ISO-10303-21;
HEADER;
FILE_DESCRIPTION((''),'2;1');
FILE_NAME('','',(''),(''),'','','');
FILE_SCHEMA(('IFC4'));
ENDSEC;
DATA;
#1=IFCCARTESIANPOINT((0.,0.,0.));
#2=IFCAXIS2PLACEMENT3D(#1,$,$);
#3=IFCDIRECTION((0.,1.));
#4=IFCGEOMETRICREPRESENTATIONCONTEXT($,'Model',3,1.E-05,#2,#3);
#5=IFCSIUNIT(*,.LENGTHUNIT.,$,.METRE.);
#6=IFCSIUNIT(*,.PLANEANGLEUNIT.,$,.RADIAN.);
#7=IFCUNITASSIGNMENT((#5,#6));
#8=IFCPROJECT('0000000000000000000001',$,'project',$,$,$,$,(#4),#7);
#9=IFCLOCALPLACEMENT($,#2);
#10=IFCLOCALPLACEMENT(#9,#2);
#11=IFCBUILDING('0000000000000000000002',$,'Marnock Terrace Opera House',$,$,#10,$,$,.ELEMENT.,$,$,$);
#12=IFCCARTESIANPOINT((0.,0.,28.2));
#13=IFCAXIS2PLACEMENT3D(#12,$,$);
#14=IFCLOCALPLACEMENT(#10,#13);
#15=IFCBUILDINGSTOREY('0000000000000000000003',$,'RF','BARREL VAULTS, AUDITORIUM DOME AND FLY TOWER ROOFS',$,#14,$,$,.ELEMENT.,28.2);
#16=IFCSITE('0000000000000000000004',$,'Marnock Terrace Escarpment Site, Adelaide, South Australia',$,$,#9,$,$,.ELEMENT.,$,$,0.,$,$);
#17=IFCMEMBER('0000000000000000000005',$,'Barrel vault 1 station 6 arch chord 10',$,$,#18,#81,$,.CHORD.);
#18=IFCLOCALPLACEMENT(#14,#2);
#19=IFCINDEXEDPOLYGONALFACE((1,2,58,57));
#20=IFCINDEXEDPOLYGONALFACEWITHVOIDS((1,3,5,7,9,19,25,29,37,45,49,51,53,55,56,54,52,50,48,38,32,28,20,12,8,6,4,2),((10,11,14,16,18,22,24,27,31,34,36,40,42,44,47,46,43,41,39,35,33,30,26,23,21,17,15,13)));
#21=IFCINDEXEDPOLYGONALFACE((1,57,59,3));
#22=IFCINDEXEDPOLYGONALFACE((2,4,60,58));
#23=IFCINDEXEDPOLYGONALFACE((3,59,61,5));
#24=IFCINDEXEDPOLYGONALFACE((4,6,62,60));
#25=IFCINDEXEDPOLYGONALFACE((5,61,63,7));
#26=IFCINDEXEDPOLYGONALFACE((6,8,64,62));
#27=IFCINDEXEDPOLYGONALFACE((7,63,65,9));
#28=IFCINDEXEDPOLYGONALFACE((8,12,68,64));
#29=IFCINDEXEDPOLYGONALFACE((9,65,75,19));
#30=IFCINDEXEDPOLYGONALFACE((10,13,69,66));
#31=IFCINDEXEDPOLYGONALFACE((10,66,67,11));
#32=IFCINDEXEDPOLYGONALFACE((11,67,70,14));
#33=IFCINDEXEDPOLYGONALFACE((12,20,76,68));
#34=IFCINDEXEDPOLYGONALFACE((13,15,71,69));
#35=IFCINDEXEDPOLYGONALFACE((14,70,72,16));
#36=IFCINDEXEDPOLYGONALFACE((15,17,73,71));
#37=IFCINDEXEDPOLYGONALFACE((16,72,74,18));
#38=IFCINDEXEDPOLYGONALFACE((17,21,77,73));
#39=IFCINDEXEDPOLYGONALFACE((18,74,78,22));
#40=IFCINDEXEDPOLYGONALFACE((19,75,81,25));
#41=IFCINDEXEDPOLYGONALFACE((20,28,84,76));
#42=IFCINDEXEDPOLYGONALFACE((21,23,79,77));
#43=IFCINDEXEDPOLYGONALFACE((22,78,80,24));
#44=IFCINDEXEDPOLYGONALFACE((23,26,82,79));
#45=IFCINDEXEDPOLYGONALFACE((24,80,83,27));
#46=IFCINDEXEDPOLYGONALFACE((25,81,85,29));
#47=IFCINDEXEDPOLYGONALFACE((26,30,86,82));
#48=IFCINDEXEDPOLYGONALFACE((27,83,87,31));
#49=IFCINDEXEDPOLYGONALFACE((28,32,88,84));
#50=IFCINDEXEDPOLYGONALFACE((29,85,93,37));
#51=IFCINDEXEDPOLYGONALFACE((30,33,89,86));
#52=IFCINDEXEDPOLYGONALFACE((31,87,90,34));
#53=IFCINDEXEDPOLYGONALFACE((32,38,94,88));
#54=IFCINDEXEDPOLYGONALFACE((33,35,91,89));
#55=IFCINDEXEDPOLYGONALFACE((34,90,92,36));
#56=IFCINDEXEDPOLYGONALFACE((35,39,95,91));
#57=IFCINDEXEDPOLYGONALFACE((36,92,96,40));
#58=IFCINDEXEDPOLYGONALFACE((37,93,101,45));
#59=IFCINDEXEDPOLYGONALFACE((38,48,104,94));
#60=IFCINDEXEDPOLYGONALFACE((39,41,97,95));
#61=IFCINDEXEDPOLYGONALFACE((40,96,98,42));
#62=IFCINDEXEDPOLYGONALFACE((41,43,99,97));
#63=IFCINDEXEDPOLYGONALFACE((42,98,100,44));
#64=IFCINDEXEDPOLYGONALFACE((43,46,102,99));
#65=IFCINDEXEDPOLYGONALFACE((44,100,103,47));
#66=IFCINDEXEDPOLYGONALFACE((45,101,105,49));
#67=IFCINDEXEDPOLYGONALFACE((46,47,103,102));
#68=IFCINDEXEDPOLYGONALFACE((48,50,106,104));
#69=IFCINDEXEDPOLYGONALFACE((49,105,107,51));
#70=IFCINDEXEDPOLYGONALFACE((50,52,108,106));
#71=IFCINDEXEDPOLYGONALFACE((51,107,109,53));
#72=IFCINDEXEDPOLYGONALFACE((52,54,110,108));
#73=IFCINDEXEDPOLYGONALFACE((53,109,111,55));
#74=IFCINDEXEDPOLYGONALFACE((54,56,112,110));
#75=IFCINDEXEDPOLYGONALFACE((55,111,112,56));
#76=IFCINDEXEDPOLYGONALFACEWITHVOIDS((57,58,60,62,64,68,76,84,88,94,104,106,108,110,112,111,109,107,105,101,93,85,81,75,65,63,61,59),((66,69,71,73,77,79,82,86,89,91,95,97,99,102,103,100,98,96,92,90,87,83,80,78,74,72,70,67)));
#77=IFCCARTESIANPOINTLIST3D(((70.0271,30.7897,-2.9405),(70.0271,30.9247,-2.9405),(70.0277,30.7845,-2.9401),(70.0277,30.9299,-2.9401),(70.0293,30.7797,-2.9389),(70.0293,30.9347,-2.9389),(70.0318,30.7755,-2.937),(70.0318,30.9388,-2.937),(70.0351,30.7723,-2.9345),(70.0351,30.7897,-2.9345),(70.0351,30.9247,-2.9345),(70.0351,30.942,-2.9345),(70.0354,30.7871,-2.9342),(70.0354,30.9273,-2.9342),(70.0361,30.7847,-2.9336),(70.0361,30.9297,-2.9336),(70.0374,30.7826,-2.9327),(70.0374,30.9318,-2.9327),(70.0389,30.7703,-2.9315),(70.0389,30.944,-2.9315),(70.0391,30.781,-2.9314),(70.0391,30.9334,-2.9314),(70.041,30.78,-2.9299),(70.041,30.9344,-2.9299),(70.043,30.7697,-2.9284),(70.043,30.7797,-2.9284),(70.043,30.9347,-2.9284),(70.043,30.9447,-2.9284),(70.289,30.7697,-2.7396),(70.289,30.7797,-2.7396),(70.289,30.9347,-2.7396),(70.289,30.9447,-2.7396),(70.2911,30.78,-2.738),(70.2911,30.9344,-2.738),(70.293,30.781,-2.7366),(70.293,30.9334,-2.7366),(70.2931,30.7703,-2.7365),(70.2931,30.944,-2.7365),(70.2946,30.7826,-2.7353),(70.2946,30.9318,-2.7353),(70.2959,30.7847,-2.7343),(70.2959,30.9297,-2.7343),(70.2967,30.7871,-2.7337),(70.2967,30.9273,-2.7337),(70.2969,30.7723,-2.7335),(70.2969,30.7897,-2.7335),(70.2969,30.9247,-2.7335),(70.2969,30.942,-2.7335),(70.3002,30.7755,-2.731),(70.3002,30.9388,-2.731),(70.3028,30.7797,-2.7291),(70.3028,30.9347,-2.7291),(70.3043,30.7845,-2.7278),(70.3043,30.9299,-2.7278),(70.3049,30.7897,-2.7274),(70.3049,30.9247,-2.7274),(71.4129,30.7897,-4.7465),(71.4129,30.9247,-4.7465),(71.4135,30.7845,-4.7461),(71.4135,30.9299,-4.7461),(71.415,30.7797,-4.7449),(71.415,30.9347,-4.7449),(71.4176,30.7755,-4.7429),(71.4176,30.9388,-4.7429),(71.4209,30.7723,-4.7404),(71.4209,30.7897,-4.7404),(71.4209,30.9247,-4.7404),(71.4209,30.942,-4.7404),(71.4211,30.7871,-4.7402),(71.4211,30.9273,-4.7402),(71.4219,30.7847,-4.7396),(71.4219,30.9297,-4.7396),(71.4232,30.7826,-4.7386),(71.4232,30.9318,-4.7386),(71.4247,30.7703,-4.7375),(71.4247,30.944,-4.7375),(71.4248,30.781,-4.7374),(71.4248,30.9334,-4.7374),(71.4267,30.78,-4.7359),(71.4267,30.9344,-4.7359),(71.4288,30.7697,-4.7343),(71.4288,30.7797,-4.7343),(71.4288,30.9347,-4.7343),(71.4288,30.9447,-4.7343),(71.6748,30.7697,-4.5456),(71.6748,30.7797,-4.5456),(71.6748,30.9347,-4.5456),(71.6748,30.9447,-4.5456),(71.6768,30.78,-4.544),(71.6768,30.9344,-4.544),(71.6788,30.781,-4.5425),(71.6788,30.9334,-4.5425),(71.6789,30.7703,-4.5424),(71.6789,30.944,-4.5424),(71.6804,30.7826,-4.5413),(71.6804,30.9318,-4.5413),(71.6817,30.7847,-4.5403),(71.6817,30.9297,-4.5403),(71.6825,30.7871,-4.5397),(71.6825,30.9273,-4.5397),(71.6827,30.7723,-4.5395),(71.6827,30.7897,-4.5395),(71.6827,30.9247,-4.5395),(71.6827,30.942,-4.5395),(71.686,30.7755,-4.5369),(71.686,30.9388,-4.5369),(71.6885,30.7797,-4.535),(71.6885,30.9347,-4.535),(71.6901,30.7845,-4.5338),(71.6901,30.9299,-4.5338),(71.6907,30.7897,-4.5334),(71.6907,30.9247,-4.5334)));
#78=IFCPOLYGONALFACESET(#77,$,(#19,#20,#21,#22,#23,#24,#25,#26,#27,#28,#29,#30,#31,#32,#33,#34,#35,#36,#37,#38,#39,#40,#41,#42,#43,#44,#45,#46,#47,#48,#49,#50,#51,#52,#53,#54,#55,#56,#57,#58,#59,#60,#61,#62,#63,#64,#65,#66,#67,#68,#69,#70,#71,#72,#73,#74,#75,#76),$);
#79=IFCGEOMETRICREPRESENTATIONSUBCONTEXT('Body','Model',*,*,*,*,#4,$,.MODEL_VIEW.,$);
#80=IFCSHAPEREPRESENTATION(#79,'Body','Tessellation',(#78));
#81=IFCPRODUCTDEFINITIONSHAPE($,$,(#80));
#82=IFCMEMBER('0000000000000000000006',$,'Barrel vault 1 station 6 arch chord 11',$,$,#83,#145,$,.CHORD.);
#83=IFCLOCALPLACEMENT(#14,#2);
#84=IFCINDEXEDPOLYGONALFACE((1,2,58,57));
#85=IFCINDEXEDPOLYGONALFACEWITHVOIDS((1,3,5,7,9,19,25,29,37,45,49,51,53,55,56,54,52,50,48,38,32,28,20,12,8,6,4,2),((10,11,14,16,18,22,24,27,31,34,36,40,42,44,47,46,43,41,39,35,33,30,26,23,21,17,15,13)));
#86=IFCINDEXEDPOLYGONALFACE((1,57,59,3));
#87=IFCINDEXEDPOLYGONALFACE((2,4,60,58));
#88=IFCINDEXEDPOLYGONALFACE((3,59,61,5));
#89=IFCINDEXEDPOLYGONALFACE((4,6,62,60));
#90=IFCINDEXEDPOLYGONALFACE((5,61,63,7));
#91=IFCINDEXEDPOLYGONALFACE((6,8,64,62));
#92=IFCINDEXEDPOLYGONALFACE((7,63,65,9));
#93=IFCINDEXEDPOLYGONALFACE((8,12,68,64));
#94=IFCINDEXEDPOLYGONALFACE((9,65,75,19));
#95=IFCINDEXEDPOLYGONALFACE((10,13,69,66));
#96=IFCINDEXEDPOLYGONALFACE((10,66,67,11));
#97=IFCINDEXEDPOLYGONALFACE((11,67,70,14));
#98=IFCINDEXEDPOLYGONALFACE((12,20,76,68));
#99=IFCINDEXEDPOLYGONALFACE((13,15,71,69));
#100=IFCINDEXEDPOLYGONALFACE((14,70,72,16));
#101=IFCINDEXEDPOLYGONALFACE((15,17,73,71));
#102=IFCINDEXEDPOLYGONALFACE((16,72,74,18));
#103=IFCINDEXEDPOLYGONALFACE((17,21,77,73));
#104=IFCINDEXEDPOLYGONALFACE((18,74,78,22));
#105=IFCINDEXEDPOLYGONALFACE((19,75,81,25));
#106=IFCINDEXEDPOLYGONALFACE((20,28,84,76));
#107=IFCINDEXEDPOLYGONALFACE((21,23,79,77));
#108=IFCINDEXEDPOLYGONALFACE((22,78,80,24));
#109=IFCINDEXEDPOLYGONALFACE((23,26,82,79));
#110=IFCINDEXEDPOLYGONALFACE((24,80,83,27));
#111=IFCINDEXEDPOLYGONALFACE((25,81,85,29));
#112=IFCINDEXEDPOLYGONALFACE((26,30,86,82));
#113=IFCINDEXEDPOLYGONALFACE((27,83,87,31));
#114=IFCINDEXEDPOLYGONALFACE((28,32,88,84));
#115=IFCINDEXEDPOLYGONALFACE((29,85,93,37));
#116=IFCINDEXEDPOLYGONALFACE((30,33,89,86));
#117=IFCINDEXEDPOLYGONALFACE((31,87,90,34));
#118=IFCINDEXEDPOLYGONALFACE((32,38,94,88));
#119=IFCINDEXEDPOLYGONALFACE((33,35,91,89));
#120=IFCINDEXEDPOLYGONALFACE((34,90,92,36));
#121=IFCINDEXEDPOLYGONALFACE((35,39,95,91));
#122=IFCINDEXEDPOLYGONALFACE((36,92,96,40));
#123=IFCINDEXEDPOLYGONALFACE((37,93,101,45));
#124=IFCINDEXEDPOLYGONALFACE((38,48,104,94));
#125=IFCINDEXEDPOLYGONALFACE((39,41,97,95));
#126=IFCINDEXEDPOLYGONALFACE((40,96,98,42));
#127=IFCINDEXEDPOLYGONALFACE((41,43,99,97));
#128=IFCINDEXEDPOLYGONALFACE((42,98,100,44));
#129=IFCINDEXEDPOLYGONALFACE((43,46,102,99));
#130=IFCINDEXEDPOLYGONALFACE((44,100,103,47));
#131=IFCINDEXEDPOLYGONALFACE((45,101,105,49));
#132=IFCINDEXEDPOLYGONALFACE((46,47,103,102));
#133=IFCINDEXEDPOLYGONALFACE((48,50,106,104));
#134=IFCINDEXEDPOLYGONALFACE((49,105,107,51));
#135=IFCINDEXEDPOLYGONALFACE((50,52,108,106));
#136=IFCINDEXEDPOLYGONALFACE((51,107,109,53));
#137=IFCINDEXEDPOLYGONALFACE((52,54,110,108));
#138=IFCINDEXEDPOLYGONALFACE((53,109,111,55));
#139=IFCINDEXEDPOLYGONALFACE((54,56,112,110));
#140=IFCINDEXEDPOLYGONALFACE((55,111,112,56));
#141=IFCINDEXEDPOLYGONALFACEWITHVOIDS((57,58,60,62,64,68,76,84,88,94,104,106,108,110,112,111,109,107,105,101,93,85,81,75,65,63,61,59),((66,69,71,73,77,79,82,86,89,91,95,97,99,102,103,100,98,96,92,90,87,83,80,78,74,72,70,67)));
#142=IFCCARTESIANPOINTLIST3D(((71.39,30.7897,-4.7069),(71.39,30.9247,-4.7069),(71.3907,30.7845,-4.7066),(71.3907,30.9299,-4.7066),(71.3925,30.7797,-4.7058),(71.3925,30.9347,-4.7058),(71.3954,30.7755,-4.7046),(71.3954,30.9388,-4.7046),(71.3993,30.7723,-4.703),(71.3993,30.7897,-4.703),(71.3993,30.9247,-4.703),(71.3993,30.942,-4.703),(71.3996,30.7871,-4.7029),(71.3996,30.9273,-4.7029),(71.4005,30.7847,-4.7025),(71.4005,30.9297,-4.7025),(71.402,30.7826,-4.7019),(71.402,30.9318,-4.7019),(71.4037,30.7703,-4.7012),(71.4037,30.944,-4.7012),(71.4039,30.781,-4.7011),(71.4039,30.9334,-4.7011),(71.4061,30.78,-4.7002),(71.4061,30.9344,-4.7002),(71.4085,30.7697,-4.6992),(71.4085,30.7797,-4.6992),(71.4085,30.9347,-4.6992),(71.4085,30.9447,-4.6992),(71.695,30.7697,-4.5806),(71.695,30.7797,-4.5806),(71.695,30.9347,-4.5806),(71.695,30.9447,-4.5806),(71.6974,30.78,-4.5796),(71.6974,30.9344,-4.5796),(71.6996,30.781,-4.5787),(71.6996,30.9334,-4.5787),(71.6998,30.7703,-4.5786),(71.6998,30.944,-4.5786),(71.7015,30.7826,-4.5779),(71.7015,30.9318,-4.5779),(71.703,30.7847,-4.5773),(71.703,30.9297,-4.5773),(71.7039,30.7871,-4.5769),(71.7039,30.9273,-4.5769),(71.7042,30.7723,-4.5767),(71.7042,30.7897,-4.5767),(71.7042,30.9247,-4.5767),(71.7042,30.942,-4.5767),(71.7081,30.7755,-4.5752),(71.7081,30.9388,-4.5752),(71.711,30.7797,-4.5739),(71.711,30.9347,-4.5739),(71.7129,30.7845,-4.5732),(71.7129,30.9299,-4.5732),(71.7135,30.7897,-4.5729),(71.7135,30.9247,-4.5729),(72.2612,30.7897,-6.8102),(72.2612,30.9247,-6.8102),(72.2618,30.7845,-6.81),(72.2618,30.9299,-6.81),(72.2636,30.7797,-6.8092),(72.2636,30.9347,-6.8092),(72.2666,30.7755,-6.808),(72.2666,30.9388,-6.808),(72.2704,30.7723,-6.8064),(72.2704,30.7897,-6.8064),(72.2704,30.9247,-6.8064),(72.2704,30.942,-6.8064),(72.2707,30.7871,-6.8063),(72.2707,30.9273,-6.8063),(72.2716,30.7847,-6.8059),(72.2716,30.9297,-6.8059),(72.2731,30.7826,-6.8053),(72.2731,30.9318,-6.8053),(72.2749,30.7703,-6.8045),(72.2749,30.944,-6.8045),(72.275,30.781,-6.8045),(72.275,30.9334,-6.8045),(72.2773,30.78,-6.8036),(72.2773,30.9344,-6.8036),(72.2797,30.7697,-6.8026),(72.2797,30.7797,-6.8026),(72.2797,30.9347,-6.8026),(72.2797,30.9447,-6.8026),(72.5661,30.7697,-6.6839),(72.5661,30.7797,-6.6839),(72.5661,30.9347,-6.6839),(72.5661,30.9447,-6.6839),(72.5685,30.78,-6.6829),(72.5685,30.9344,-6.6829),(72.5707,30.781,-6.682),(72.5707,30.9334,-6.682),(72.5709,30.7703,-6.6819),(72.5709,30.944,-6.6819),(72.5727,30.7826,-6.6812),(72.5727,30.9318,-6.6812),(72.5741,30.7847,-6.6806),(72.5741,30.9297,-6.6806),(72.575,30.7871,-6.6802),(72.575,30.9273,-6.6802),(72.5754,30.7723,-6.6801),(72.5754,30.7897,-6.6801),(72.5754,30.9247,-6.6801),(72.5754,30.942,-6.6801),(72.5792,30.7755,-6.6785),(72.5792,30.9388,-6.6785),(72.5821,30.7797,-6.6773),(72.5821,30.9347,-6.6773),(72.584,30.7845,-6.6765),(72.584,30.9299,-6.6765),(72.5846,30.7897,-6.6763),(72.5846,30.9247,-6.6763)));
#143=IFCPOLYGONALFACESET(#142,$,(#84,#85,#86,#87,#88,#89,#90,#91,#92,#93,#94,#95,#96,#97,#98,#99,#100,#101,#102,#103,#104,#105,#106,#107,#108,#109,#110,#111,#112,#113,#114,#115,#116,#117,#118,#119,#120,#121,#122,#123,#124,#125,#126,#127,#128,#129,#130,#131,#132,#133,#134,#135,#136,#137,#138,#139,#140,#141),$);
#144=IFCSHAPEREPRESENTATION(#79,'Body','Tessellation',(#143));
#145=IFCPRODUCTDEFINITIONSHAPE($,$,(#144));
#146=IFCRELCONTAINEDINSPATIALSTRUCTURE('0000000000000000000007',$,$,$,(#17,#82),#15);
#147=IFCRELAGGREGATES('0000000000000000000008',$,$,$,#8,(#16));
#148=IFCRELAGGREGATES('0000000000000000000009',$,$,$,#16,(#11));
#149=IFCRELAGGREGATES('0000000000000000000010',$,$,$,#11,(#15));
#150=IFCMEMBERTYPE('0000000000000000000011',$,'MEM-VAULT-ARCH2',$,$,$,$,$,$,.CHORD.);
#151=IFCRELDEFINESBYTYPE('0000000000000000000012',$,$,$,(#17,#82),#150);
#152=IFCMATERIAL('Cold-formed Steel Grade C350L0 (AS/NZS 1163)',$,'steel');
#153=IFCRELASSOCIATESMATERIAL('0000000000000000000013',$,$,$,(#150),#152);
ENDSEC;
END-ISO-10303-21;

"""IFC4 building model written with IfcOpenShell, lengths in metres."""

from ifc_helpers import new_model, si_unit, direction, frame, origin, origin_2d, place, context, subcontext, project, spatial, hollow_rectangle, extrude, material, material_profile, profile_set, type_object, element, save


model = new_model("IFC4")

# Units and contexts
model_context = context("Model", 3, precision=1e-05, world=origin(), true_north=direction((0.0, 1.0)))
body_context = subcontext(model_context, "Body", "Model", "MODEL_VIEW")
ifc_project = project(units=[si_unit("LENGTHUNIT", "METRE"), si_unit("PLANEANGLEUNIT", "RADIAN")], contexts=[model_context])

# Site, building, storey
site_placement = place(None, origin())
site = spatial("IfcSite", under=ifc_project, at=site_placement, Name="Marnock Terrace Escarpment Site, Adelaide, South Australia", CompositionType="ELEMENT", RefElevation=0.0)
building_placement = place(site_placement, origin())
building = spatial("IfcBuilding", under=site, at=building_placement, Name="Marnock Terrace Opera House", CompositionType="ELEMENT")
storey_placement = place(building_placement, frame((0.0, 0.0, 28.2)))
storey = spatial("IfcBuildingStorey", under=building, at=storey_placement, Name="RF", Description="BARREL VAULTS, AUDITORIUM DOME AND FLY TOWER ROOFS", CompositionType="ELEMENT", Elevation=28.2)

# Members
ifc_material = material(Name="Cold-formed Steel Grade C350L0 (AS/NZS 1163)", Category="steel")
ifc_material_profile_1 = material_profile(ifc_material, hollow_rectangle(XDim=0.175, YDim=0.3501, WallThickness=0.01, InnerFilletRadius=0.01, OuterFilletRadius=0.02, at=origin_2d()))
ifc_profile_set_1 = profile_set([ifc_material_profile_1], Name="Cold-formed Steel Grade C350L0 (AS/NZS 1163)")
member_type_1 = type_object("IfcMemberType", Name="MEM-VAULT-ARCH2", PredefinedType="CHORD", material=ifc_profile_set_1)
member_1_placement = place(storey_placement, frame((70.166, 30.8572, -2.834), z_axis=(0.608767, 0.0, -0.793349), x_axis=(0.0, 1.0, 0.0)))
element("IfcMember", 1, at=member_1_placement, inside=storey, type_object=member_type_1, Name="Barrel vault 1 station 6 arch chord 10", PredefinedType="CHORD", context=body_context, shape_type="SweptSolid", body=[
    extrude(hollow_rectangle(XDim=0.175, YDim=0.3501, WallThickness=0.01, InnerFilletRadius=0.01, OuterFilletRadius=0.02, at=origin_2d()), origin(), (0.0, 0.0, 1.0), 2.2764),
])
member_2_placement = place(storey_placement, frame((71.5518, 30.8572, -4.6399), z_axis=(0.382642, 0.0, -0.923897), x_axis=(0.0, 1.0, 0.0)))
element("IfcMember", 2, at=member_2_placement, inside=storey, type_object=member_type_1, Name="Barrel vault 1 station 6 arch chord 11", PredefinedType="CHORD", context=body_context, shape_type="SweptSolid", body=[
    extrude(hollow_rectangle(XDim=0.175, YDim=0.3501, WallThickness=0.01, InnerFilletRadius=0.01, OuterFilletRadius=0.02, at=origin_2d()), origin(), (0.0, 0.0, 1.0), 2.2766),
])

save(model, "model.ifc")
